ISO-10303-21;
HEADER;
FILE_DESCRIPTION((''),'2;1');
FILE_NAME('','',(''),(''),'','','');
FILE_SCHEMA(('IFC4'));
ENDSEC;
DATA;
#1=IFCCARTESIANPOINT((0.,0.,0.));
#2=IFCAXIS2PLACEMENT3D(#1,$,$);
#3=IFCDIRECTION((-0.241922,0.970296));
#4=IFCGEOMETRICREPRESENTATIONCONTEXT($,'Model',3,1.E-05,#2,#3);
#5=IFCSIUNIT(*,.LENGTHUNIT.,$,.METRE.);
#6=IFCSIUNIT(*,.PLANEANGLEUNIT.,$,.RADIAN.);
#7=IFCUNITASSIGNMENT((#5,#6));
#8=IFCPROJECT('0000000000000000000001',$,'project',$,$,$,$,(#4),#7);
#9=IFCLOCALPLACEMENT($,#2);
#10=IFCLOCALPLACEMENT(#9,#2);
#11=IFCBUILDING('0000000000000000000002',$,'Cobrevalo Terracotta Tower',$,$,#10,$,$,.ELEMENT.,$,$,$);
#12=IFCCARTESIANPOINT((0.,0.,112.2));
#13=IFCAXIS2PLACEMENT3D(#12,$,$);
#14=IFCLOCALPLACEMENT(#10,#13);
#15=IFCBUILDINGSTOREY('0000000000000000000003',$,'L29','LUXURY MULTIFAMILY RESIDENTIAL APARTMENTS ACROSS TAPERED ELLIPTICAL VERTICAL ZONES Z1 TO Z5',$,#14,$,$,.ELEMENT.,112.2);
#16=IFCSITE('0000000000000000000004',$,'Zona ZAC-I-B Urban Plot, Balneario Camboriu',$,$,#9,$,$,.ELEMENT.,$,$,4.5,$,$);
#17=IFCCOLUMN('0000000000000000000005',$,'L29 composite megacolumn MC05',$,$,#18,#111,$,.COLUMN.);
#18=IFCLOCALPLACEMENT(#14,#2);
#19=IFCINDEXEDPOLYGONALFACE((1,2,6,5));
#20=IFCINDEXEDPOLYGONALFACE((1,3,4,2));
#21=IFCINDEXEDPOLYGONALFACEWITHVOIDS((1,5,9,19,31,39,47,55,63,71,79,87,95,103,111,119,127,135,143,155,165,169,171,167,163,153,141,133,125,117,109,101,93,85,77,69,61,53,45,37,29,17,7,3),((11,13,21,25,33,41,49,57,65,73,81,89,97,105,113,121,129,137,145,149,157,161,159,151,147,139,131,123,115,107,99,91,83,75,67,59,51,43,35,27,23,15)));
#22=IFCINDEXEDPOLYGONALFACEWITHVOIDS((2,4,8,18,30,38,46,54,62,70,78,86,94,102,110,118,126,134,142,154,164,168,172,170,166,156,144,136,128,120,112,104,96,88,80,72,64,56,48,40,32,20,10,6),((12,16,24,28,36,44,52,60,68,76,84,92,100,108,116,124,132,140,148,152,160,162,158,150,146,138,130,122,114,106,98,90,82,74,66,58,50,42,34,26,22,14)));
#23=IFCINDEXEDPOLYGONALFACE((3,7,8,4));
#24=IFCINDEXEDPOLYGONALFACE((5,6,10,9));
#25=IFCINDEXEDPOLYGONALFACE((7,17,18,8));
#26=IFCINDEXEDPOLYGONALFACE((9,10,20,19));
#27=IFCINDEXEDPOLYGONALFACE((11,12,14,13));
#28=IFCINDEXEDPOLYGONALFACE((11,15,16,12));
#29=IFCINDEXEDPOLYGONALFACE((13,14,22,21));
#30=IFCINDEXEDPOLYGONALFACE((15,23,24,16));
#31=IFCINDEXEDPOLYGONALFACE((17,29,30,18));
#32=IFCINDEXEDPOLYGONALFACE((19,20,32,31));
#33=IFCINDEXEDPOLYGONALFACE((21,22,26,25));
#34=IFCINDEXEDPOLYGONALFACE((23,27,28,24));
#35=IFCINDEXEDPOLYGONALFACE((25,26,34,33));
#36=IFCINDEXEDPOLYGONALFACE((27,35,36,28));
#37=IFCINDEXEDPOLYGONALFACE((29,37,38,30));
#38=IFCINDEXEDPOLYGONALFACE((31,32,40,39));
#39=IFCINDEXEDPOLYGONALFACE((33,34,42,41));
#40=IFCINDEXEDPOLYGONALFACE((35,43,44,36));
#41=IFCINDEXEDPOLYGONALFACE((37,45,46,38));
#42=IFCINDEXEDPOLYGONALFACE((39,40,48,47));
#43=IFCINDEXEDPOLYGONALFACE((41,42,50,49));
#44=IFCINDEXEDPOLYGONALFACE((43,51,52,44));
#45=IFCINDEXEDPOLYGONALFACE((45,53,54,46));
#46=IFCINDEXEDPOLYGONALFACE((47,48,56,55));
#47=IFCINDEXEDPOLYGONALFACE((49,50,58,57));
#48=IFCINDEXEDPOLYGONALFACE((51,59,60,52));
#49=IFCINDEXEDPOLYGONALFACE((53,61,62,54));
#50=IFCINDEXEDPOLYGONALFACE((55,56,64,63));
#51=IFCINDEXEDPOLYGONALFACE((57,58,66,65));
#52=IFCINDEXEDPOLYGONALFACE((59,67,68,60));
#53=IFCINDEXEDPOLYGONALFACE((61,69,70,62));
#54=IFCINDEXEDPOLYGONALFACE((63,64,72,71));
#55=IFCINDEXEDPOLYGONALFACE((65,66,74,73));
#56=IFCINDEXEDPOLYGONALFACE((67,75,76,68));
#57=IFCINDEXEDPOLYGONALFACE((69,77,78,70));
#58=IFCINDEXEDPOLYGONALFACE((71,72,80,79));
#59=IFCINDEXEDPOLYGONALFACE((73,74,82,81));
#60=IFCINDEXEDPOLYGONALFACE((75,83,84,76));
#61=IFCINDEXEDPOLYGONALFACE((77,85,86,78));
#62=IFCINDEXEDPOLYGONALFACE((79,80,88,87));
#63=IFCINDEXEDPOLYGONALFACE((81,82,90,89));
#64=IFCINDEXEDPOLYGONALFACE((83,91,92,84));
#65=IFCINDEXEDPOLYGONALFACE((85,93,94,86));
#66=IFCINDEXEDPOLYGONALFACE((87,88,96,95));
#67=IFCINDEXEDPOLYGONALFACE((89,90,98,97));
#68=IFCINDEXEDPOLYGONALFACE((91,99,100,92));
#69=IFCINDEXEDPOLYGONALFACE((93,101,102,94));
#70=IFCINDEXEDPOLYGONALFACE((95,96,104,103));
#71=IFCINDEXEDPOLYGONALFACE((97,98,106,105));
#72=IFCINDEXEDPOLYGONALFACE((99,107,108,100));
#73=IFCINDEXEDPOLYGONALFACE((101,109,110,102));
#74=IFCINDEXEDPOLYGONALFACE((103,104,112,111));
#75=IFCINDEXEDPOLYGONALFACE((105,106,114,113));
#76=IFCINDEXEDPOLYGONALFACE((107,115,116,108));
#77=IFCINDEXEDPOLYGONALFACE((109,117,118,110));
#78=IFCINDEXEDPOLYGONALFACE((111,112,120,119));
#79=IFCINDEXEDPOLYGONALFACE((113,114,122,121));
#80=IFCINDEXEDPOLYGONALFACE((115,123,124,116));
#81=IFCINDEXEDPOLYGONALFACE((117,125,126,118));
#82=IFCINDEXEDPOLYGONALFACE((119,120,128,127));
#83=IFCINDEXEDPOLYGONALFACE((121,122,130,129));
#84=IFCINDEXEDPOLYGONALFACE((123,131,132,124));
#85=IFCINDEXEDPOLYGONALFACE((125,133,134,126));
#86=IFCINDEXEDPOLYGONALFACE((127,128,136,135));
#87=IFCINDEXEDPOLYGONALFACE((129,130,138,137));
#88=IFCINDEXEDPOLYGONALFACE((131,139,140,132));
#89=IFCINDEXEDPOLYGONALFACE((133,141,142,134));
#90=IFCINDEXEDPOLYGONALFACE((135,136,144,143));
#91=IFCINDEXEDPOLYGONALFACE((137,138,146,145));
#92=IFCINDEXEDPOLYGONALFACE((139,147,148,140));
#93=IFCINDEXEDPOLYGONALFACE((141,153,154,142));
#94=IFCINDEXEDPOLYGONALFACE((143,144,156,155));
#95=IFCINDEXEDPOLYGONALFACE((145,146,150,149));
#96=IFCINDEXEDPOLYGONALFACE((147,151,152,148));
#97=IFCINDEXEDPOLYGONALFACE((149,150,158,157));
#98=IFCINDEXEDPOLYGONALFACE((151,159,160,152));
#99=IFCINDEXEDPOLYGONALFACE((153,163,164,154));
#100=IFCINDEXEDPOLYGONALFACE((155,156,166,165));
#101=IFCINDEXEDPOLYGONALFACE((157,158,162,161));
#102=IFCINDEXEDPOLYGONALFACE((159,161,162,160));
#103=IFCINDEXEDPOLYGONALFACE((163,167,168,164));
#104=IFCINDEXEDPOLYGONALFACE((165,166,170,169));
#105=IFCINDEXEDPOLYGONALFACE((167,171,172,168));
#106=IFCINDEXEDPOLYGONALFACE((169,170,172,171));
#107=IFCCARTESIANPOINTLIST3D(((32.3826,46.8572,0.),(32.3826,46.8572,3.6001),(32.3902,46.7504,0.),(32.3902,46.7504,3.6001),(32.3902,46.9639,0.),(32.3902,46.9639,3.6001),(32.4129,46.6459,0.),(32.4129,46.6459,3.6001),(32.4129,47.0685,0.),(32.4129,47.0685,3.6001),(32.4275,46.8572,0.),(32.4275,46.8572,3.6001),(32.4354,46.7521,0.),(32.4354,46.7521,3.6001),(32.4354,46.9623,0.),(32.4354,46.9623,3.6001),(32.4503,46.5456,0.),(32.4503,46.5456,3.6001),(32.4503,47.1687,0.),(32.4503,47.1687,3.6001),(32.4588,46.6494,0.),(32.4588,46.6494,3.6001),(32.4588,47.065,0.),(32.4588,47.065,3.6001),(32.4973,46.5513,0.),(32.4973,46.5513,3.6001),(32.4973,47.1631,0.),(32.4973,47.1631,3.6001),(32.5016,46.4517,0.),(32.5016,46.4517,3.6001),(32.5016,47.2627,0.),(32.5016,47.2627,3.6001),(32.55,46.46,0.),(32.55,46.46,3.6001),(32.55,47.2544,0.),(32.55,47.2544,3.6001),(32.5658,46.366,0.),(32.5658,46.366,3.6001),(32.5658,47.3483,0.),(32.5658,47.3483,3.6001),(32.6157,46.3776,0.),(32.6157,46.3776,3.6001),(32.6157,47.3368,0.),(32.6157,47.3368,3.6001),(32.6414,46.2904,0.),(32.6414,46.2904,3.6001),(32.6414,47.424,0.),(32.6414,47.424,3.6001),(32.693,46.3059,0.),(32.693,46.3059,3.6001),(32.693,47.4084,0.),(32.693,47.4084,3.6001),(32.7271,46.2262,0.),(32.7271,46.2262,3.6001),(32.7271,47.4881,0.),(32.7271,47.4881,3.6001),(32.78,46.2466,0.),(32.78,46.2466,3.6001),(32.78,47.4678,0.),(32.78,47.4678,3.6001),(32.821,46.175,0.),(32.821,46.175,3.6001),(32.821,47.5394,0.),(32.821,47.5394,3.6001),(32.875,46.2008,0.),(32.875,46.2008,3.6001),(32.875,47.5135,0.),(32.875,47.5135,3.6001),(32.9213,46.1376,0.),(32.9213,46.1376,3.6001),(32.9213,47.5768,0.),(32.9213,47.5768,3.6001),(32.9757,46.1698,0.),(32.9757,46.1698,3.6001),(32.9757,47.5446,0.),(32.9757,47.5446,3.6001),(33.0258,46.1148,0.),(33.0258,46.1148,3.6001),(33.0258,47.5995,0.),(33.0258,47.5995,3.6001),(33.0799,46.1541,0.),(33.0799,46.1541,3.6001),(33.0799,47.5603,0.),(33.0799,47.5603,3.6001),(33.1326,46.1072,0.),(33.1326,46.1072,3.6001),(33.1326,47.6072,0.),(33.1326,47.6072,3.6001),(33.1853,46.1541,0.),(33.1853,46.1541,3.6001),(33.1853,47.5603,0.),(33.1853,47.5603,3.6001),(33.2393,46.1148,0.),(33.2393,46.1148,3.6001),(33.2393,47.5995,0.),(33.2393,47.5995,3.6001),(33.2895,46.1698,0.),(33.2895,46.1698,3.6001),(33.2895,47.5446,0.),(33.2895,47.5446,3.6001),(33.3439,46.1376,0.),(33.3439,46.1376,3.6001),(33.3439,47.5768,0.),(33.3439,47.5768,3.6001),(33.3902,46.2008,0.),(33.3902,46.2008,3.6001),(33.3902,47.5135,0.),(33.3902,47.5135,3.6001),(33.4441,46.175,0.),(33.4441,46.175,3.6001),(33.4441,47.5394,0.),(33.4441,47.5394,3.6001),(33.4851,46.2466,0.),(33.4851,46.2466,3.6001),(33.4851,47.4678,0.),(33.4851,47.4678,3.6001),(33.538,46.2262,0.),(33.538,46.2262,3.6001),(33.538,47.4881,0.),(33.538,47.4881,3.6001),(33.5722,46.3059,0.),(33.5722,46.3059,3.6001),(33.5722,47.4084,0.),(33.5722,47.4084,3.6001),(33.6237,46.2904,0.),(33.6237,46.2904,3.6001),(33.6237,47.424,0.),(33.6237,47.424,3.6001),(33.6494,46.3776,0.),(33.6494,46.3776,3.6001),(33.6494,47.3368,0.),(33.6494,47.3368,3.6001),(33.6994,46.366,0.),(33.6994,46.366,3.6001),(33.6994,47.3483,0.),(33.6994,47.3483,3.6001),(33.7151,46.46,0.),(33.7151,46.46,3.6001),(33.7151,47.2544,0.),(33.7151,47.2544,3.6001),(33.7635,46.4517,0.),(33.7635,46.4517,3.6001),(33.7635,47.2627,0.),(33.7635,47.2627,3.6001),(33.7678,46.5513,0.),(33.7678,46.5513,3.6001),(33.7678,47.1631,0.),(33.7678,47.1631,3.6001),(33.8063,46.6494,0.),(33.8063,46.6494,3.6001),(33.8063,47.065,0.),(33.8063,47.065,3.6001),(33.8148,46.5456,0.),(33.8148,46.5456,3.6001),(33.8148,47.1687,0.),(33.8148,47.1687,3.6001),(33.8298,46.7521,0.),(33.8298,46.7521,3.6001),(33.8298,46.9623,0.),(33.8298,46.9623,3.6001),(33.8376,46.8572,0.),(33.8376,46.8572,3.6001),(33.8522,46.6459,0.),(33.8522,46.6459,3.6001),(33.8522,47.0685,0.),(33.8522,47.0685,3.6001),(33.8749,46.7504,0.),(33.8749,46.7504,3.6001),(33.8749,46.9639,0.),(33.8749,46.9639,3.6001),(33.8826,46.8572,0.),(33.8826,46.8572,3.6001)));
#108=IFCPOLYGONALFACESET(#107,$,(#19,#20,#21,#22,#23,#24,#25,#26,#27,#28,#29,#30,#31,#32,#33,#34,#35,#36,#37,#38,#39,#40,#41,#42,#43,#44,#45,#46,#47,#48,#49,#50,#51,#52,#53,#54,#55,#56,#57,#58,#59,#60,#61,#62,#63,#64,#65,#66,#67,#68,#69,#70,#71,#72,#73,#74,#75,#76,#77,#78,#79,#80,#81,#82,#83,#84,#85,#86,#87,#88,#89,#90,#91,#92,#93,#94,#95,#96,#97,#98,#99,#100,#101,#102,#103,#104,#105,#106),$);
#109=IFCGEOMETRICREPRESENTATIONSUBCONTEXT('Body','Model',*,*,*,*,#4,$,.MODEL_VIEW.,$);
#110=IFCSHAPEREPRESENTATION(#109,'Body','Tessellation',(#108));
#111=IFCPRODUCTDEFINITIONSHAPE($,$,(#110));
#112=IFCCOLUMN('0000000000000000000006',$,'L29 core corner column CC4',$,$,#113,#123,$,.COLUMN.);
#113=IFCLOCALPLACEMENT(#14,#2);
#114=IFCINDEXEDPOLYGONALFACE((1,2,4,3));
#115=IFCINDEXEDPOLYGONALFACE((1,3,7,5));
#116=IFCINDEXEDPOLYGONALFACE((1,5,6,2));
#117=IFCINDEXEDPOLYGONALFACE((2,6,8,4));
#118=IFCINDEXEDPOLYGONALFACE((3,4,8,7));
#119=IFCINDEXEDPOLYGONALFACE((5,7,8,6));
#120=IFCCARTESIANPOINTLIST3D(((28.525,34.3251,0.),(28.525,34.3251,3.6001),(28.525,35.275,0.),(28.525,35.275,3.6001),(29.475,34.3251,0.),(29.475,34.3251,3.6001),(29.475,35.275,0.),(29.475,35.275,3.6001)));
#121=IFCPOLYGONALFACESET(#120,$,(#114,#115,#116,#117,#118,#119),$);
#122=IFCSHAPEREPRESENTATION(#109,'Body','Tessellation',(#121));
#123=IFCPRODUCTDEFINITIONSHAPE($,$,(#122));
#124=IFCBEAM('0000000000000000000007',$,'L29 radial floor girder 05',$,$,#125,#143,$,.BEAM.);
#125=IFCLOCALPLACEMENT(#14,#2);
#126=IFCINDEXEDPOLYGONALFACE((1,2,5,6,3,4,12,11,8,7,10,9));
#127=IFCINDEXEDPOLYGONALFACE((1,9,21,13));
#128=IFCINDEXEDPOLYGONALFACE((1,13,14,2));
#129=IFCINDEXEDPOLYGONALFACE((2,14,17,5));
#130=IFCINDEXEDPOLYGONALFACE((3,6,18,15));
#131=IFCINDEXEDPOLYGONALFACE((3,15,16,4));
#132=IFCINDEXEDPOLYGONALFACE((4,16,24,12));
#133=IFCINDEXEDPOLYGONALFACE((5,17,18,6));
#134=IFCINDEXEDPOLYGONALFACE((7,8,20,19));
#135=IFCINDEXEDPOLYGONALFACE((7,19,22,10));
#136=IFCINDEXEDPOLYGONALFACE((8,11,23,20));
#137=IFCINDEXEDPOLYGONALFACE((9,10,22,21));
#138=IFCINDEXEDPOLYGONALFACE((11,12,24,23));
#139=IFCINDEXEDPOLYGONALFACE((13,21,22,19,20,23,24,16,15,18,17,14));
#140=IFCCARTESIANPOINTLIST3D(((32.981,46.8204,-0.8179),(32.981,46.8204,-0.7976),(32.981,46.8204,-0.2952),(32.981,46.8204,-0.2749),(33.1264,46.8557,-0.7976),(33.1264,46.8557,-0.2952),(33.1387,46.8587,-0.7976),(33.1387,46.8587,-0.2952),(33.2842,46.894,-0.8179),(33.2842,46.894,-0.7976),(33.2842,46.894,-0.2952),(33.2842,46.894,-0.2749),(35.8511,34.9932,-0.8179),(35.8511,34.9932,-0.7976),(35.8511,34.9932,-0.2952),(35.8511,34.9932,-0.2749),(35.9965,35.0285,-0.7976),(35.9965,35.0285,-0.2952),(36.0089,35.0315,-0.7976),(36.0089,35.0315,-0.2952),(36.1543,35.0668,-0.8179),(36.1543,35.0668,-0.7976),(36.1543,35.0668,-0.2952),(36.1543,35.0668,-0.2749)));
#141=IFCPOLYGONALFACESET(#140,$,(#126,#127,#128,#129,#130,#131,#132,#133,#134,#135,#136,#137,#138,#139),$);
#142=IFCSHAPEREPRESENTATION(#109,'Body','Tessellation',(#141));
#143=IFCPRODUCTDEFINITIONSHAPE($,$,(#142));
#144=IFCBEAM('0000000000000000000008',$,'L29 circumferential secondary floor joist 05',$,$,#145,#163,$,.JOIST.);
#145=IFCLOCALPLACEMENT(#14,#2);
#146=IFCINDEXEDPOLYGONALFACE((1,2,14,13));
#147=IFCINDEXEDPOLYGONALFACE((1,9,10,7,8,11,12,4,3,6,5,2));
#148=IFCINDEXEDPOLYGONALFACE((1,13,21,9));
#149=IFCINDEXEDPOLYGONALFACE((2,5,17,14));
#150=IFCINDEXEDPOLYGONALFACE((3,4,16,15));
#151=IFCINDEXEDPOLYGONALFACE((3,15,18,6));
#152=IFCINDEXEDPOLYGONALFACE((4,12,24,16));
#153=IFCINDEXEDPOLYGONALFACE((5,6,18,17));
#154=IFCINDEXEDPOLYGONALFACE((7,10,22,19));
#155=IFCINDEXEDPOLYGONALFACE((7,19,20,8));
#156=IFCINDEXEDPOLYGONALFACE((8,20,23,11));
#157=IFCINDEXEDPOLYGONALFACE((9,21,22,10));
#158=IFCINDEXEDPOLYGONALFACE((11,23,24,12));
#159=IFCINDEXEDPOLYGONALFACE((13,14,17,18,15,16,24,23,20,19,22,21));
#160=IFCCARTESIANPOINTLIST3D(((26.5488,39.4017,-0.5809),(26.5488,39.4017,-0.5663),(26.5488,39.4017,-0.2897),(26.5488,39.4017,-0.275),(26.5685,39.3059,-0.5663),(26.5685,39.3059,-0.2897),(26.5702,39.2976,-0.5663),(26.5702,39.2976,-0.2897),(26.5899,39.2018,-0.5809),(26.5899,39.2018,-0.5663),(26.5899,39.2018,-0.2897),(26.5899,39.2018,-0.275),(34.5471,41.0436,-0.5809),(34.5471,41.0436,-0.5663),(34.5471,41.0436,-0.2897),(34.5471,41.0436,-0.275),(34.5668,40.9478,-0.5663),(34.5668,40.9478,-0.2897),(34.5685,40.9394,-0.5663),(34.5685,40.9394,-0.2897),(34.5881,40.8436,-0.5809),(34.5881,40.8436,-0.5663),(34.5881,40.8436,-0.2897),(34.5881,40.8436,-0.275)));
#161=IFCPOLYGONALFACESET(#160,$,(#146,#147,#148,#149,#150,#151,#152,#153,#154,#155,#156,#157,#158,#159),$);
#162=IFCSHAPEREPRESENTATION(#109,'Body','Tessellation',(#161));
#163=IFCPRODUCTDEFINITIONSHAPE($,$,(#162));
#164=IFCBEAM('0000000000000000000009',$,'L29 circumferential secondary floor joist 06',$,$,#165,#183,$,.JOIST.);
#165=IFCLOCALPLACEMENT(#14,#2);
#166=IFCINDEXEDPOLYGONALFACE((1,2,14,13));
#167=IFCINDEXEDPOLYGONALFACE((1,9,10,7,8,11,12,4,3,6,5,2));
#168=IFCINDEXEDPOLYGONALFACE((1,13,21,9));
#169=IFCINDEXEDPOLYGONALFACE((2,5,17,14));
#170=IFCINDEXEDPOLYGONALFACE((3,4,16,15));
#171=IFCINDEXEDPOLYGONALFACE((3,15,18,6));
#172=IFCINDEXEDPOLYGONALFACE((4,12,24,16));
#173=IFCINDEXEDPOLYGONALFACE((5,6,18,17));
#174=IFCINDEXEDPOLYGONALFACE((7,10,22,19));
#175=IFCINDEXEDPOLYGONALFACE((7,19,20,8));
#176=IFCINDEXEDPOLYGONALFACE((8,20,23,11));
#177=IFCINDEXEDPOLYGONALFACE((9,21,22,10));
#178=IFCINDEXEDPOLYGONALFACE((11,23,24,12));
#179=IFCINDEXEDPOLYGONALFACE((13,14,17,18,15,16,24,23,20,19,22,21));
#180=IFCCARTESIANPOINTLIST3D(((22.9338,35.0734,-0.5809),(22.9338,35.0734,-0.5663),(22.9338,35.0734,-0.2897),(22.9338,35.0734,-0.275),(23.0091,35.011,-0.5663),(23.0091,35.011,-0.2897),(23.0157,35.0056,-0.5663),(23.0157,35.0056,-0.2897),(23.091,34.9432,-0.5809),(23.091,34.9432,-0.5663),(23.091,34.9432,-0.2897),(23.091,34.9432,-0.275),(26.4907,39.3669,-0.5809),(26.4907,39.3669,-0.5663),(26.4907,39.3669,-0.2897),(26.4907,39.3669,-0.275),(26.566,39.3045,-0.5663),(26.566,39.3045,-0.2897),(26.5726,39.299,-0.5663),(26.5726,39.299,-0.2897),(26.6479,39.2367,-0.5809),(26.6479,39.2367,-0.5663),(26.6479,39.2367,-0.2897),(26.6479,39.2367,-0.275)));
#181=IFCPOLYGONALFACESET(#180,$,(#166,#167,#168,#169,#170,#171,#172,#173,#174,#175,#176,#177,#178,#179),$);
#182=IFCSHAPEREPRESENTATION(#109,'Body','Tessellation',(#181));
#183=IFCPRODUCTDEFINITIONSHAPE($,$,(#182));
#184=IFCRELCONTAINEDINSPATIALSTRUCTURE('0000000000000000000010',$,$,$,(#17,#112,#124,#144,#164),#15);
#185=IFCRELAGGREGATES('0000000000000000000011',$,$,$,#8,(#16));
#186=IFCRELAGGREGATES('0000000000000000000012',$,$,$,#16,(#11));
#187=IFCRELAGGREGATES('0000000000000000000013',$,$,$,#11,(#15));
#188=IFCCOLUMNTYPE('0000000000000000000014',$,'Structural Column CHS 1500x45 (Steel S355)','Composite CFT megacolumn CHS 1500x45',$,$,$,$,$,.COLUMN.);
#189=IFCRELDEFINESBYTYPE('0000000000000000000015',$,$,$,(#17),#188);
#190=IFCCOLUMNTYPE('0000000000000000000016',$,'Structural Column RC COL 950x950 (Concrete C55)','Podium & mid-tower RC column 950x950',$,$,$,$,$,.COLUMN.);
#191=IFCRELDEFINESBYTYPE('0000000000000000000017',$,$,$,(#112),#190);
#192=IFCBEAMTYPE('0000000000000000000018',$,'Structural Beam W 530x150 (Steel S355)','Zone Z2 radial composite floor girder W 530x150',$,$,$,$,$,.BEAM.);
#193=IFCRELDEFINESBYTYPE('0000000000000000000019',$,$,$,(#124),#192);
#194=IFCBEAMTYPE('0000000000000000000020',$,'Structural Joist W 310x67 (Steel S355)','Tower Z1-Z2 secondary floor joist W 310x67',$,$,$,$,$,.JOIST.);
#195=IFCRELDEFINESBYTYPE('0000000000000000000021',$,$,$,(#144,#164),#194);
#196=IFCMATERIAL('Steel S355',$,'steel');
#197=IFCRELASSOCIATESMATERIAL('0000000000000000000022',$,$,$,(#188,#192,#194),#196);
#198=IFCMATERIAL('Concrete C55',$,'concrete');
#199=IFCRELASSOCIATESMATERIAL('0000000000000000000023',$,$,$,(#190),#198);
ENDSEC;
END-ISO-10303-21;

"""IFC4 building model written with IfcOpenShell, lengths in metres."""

from ifc_helpers import new_model, si_unit, direction, frame, origin, origin_2d, place, context, subcontext, project, spatial, rectangle, hollow_circle, i_section, extrude, material, material_profile, profile_set, type_object, element, save


model = new_model("IFC4")

# Units and contexts
model_context = context("Model", 3, precision=1e-05, world=origin(), true_north=direction((-0.241922, 0.970296)))
body_context = subcontext(model_context, "Body", "Model", "MODEL_VIEW")
ifc_project = project(units=[si_unit("LENGTHUNIT", "METRE"), si_unit("PLANEANGLEUNIT", "RADIAN")], contexts=[model_context])

# Site, building, storey
site_placement = place(None, origin())
site = spatial("IfcSite", under=ifc_project, at=site_placement, Name="Zona ZAC-I-B Urban Plot, Balneario Camboriu", CompositionType="ELEMENT", RefElevation=4.5)
building_placement = place(site_placement, origin())
building = spatial("IfcBuilding", under=site, at=building_placement, Name="Cobrevalo Terracotta Tower", CompositionType="ELEMENT")
storey_placement = place(building_placement, frame((0.0, 0.0, 112.2)))
storey = spatial("IfcBuildingStorey", under=building, at=storey_placement, Name="L29", Description="LUXURY MULTIFAMILY RESIDENTIAL APARTMENTS ACROSS TAPERED ELLIPTICAL VERTICAL ZONES Z1 TO Z5", CompositionType="ELEMENT", Elevation=112.2)

# Columns
ifc_material_1 = material(Name="Steel S355", Category="steel")
ifc_material_profile_1 = material_profile(ifc_material_1, hollow_circle(Radius=0.75, WallThickness=0.0449, at=origin_2d()), Name="CHS 1500x45")
ifc_profile_set_1 = profile_set([ifc_material_profile_1], Name="Steel S355")
column_type_1 = type_object("IfcColumnType", Name="Structural Column CHS 1500x45 (Steel S355)", Description="Composite CFT megacolumn CHS 1500x45", PredefinedType="COLUMN", material=ifc_profile_set_1)
column_1_placement = place(storey_placement, frame((33.1326, 46.8572, 0.0), z_axis=(0.0, 0.0, 1.0), x_axis=(1.0, 0.0, 0.0)))
element("IfcColumn", 1, at=column_1_placement, inside=storey, type_object=column_type_1, Name="L29 composite megacolumn MC05", PredefinedType="COLUMN", context=body_context, shape_type="SweptSolid", body=[
    extrude(hollow_circle(Radius=0.75, WallThickness=0.0449, at=origin_2d()), origin(), (0.0, 0.0, 1.0), 3.6001),
])
ifc_material_2 = material(Name="Concrete C55", Category="concrete")
ifc_material_profile_2 = material_profile(ifc_material_2, rectangle(XDim=0.95, YDim=0.95, at=origin_2d()), Name="RC COL 950x950")
ifc_profile_set_2 = profile_set([ifc_material_profile_2], Name="Concrete C55")
column_type_2 = type_object("IfcColumnType", Name="Structural Column RC COL 950x950 (Concrete C55)", Description="Podium & mid-tower RC column 950x950", PredefinedType="COLUMN", material=ifc_profile_set_2)
column_2_placement = place(storey_placement, frame((29.0, 34.8, 0.0), z_axis=(0.0, 0.0, 1.0), x_axis=(1.0, 0.0, 0.0)))
element("IfcColumn", 2, at=column_2_placement, inside=storey, type_object=column_type_2, Name="L29 core corner column CC4", PredefinedType="COLUMN", context=body_context, shape_type="SweptSolid", body=[
    extrude(rectangle(XDim=0.95, YDim=0.95, at=origin_2d()), origin(), (0.0, 0.0, 1.0), 3.6001),
])

# Beams
ifc_material_profile_3 = material_profile(ifc_material_1, i_section(OverallWidth=0.312, OverallDepth=0.543, WebThickness=0.0127, FlangeThickness=0.0203, at=origin_2d()), Name="W 530x150")
ifc_profile_set_3 = profile_set([ifc_material_profile_3], Name="Steel S355")
beam_type_1 = type_object("IfcBeamType", Name="Structural Beam W 530x150 (Steel S355)", Description="Zone Z2 radial composite floor girder W 530x150", PredefinedType="BEAM", material=ifc_profile_set_3)
beam_1_placement = place(storey_placement, frame((33.1326, 46.8572, -0.5464), z_axis=(0.235827, -0.971795, 0.0), x_axis=(0.971795, 0.235827, 0.0)))
element("IfcBeam", 3, at=beam_1_placement, inside=storey, type_object=beam_type_1, Name="L29 radial floor girder 05", PredefinedType="BEAM", context=body_context, shape_type="SweptSolid", body=[
    extrude(i_section(OverallWidth=0.312, OverallDepth=0.543, WebThickness=0.0127, FlangeThickness=0.0203, at=origin_2d()), origin(), (0.0, 0.0, 1.0), 12.1704),
])
ifc_material_profile_4 = material_profile(ifc_material_1, i_section(OverallWidth=0.2041, OverallDepth=0.3059, WebThickness=0.0085, FlangeThickness=0.0146, at=origin_2d()), Name="W 310x67")
ifc_profile_set_4 = profile_set([ifc_material_profile_4], Name="Steel S355")
beam_type_2 = type_object("IfcBeamType", Name="Structural Joist W 310x67 (Steel S355)", Description="Tower Z1-Z2 secondary floor joist W 310x67", PredefinedType="JOIST", material=ifc_profile_set_4)
beam_2_placement = place(storey_placement, frame((34.5676, 40.9436, -0.428), z_axis=(-0.979574, -0.201082, 0.0), x_axis=(0.201082, -0.979574, 0.0)))
element("IfcBeam", 4, at=beam_2_placement, inside=storey, type_object=beam_type_2, Name="L29 circumferential secondary floor joist 05", PredefinedType="JOIST", context=body_context, shape_type="SweptSolid", body=[
    extrude(i_section(OverallWidth=0.2041, OverallDepth=0.3059, WebThickness=0.0085, FlangeThickness=0.0146, at=origin_2d()), origin(), (0.0, 0.0, 1.0), 8.165),
])
beam_3_placement = place(storey_placement, frame((26.5693, 39.3018, -0.428), z_axis=(-0.637959, -0.77007, 0.0), x_axis=(0.77007, -0.637959, 0.0)))
element("IfcBeam", 5, at=beam_3_placement, inside=storey, type_object=beam_type_2, Name="L29 circumferential secondary floor joist 06", PredefinedType="JOIST", context=body_context, shape_type="SweptSolid", body=[
    extrude(i_section(OverallWidth=0.2041, OverallDepth=0.3059, WebThickness=0.0085, FlangeThickness=0.0146, at=origin_2d()), origin(), (0.0, 0.0, 1.0), 5.5754),
])

save(model, "model.ifc")
